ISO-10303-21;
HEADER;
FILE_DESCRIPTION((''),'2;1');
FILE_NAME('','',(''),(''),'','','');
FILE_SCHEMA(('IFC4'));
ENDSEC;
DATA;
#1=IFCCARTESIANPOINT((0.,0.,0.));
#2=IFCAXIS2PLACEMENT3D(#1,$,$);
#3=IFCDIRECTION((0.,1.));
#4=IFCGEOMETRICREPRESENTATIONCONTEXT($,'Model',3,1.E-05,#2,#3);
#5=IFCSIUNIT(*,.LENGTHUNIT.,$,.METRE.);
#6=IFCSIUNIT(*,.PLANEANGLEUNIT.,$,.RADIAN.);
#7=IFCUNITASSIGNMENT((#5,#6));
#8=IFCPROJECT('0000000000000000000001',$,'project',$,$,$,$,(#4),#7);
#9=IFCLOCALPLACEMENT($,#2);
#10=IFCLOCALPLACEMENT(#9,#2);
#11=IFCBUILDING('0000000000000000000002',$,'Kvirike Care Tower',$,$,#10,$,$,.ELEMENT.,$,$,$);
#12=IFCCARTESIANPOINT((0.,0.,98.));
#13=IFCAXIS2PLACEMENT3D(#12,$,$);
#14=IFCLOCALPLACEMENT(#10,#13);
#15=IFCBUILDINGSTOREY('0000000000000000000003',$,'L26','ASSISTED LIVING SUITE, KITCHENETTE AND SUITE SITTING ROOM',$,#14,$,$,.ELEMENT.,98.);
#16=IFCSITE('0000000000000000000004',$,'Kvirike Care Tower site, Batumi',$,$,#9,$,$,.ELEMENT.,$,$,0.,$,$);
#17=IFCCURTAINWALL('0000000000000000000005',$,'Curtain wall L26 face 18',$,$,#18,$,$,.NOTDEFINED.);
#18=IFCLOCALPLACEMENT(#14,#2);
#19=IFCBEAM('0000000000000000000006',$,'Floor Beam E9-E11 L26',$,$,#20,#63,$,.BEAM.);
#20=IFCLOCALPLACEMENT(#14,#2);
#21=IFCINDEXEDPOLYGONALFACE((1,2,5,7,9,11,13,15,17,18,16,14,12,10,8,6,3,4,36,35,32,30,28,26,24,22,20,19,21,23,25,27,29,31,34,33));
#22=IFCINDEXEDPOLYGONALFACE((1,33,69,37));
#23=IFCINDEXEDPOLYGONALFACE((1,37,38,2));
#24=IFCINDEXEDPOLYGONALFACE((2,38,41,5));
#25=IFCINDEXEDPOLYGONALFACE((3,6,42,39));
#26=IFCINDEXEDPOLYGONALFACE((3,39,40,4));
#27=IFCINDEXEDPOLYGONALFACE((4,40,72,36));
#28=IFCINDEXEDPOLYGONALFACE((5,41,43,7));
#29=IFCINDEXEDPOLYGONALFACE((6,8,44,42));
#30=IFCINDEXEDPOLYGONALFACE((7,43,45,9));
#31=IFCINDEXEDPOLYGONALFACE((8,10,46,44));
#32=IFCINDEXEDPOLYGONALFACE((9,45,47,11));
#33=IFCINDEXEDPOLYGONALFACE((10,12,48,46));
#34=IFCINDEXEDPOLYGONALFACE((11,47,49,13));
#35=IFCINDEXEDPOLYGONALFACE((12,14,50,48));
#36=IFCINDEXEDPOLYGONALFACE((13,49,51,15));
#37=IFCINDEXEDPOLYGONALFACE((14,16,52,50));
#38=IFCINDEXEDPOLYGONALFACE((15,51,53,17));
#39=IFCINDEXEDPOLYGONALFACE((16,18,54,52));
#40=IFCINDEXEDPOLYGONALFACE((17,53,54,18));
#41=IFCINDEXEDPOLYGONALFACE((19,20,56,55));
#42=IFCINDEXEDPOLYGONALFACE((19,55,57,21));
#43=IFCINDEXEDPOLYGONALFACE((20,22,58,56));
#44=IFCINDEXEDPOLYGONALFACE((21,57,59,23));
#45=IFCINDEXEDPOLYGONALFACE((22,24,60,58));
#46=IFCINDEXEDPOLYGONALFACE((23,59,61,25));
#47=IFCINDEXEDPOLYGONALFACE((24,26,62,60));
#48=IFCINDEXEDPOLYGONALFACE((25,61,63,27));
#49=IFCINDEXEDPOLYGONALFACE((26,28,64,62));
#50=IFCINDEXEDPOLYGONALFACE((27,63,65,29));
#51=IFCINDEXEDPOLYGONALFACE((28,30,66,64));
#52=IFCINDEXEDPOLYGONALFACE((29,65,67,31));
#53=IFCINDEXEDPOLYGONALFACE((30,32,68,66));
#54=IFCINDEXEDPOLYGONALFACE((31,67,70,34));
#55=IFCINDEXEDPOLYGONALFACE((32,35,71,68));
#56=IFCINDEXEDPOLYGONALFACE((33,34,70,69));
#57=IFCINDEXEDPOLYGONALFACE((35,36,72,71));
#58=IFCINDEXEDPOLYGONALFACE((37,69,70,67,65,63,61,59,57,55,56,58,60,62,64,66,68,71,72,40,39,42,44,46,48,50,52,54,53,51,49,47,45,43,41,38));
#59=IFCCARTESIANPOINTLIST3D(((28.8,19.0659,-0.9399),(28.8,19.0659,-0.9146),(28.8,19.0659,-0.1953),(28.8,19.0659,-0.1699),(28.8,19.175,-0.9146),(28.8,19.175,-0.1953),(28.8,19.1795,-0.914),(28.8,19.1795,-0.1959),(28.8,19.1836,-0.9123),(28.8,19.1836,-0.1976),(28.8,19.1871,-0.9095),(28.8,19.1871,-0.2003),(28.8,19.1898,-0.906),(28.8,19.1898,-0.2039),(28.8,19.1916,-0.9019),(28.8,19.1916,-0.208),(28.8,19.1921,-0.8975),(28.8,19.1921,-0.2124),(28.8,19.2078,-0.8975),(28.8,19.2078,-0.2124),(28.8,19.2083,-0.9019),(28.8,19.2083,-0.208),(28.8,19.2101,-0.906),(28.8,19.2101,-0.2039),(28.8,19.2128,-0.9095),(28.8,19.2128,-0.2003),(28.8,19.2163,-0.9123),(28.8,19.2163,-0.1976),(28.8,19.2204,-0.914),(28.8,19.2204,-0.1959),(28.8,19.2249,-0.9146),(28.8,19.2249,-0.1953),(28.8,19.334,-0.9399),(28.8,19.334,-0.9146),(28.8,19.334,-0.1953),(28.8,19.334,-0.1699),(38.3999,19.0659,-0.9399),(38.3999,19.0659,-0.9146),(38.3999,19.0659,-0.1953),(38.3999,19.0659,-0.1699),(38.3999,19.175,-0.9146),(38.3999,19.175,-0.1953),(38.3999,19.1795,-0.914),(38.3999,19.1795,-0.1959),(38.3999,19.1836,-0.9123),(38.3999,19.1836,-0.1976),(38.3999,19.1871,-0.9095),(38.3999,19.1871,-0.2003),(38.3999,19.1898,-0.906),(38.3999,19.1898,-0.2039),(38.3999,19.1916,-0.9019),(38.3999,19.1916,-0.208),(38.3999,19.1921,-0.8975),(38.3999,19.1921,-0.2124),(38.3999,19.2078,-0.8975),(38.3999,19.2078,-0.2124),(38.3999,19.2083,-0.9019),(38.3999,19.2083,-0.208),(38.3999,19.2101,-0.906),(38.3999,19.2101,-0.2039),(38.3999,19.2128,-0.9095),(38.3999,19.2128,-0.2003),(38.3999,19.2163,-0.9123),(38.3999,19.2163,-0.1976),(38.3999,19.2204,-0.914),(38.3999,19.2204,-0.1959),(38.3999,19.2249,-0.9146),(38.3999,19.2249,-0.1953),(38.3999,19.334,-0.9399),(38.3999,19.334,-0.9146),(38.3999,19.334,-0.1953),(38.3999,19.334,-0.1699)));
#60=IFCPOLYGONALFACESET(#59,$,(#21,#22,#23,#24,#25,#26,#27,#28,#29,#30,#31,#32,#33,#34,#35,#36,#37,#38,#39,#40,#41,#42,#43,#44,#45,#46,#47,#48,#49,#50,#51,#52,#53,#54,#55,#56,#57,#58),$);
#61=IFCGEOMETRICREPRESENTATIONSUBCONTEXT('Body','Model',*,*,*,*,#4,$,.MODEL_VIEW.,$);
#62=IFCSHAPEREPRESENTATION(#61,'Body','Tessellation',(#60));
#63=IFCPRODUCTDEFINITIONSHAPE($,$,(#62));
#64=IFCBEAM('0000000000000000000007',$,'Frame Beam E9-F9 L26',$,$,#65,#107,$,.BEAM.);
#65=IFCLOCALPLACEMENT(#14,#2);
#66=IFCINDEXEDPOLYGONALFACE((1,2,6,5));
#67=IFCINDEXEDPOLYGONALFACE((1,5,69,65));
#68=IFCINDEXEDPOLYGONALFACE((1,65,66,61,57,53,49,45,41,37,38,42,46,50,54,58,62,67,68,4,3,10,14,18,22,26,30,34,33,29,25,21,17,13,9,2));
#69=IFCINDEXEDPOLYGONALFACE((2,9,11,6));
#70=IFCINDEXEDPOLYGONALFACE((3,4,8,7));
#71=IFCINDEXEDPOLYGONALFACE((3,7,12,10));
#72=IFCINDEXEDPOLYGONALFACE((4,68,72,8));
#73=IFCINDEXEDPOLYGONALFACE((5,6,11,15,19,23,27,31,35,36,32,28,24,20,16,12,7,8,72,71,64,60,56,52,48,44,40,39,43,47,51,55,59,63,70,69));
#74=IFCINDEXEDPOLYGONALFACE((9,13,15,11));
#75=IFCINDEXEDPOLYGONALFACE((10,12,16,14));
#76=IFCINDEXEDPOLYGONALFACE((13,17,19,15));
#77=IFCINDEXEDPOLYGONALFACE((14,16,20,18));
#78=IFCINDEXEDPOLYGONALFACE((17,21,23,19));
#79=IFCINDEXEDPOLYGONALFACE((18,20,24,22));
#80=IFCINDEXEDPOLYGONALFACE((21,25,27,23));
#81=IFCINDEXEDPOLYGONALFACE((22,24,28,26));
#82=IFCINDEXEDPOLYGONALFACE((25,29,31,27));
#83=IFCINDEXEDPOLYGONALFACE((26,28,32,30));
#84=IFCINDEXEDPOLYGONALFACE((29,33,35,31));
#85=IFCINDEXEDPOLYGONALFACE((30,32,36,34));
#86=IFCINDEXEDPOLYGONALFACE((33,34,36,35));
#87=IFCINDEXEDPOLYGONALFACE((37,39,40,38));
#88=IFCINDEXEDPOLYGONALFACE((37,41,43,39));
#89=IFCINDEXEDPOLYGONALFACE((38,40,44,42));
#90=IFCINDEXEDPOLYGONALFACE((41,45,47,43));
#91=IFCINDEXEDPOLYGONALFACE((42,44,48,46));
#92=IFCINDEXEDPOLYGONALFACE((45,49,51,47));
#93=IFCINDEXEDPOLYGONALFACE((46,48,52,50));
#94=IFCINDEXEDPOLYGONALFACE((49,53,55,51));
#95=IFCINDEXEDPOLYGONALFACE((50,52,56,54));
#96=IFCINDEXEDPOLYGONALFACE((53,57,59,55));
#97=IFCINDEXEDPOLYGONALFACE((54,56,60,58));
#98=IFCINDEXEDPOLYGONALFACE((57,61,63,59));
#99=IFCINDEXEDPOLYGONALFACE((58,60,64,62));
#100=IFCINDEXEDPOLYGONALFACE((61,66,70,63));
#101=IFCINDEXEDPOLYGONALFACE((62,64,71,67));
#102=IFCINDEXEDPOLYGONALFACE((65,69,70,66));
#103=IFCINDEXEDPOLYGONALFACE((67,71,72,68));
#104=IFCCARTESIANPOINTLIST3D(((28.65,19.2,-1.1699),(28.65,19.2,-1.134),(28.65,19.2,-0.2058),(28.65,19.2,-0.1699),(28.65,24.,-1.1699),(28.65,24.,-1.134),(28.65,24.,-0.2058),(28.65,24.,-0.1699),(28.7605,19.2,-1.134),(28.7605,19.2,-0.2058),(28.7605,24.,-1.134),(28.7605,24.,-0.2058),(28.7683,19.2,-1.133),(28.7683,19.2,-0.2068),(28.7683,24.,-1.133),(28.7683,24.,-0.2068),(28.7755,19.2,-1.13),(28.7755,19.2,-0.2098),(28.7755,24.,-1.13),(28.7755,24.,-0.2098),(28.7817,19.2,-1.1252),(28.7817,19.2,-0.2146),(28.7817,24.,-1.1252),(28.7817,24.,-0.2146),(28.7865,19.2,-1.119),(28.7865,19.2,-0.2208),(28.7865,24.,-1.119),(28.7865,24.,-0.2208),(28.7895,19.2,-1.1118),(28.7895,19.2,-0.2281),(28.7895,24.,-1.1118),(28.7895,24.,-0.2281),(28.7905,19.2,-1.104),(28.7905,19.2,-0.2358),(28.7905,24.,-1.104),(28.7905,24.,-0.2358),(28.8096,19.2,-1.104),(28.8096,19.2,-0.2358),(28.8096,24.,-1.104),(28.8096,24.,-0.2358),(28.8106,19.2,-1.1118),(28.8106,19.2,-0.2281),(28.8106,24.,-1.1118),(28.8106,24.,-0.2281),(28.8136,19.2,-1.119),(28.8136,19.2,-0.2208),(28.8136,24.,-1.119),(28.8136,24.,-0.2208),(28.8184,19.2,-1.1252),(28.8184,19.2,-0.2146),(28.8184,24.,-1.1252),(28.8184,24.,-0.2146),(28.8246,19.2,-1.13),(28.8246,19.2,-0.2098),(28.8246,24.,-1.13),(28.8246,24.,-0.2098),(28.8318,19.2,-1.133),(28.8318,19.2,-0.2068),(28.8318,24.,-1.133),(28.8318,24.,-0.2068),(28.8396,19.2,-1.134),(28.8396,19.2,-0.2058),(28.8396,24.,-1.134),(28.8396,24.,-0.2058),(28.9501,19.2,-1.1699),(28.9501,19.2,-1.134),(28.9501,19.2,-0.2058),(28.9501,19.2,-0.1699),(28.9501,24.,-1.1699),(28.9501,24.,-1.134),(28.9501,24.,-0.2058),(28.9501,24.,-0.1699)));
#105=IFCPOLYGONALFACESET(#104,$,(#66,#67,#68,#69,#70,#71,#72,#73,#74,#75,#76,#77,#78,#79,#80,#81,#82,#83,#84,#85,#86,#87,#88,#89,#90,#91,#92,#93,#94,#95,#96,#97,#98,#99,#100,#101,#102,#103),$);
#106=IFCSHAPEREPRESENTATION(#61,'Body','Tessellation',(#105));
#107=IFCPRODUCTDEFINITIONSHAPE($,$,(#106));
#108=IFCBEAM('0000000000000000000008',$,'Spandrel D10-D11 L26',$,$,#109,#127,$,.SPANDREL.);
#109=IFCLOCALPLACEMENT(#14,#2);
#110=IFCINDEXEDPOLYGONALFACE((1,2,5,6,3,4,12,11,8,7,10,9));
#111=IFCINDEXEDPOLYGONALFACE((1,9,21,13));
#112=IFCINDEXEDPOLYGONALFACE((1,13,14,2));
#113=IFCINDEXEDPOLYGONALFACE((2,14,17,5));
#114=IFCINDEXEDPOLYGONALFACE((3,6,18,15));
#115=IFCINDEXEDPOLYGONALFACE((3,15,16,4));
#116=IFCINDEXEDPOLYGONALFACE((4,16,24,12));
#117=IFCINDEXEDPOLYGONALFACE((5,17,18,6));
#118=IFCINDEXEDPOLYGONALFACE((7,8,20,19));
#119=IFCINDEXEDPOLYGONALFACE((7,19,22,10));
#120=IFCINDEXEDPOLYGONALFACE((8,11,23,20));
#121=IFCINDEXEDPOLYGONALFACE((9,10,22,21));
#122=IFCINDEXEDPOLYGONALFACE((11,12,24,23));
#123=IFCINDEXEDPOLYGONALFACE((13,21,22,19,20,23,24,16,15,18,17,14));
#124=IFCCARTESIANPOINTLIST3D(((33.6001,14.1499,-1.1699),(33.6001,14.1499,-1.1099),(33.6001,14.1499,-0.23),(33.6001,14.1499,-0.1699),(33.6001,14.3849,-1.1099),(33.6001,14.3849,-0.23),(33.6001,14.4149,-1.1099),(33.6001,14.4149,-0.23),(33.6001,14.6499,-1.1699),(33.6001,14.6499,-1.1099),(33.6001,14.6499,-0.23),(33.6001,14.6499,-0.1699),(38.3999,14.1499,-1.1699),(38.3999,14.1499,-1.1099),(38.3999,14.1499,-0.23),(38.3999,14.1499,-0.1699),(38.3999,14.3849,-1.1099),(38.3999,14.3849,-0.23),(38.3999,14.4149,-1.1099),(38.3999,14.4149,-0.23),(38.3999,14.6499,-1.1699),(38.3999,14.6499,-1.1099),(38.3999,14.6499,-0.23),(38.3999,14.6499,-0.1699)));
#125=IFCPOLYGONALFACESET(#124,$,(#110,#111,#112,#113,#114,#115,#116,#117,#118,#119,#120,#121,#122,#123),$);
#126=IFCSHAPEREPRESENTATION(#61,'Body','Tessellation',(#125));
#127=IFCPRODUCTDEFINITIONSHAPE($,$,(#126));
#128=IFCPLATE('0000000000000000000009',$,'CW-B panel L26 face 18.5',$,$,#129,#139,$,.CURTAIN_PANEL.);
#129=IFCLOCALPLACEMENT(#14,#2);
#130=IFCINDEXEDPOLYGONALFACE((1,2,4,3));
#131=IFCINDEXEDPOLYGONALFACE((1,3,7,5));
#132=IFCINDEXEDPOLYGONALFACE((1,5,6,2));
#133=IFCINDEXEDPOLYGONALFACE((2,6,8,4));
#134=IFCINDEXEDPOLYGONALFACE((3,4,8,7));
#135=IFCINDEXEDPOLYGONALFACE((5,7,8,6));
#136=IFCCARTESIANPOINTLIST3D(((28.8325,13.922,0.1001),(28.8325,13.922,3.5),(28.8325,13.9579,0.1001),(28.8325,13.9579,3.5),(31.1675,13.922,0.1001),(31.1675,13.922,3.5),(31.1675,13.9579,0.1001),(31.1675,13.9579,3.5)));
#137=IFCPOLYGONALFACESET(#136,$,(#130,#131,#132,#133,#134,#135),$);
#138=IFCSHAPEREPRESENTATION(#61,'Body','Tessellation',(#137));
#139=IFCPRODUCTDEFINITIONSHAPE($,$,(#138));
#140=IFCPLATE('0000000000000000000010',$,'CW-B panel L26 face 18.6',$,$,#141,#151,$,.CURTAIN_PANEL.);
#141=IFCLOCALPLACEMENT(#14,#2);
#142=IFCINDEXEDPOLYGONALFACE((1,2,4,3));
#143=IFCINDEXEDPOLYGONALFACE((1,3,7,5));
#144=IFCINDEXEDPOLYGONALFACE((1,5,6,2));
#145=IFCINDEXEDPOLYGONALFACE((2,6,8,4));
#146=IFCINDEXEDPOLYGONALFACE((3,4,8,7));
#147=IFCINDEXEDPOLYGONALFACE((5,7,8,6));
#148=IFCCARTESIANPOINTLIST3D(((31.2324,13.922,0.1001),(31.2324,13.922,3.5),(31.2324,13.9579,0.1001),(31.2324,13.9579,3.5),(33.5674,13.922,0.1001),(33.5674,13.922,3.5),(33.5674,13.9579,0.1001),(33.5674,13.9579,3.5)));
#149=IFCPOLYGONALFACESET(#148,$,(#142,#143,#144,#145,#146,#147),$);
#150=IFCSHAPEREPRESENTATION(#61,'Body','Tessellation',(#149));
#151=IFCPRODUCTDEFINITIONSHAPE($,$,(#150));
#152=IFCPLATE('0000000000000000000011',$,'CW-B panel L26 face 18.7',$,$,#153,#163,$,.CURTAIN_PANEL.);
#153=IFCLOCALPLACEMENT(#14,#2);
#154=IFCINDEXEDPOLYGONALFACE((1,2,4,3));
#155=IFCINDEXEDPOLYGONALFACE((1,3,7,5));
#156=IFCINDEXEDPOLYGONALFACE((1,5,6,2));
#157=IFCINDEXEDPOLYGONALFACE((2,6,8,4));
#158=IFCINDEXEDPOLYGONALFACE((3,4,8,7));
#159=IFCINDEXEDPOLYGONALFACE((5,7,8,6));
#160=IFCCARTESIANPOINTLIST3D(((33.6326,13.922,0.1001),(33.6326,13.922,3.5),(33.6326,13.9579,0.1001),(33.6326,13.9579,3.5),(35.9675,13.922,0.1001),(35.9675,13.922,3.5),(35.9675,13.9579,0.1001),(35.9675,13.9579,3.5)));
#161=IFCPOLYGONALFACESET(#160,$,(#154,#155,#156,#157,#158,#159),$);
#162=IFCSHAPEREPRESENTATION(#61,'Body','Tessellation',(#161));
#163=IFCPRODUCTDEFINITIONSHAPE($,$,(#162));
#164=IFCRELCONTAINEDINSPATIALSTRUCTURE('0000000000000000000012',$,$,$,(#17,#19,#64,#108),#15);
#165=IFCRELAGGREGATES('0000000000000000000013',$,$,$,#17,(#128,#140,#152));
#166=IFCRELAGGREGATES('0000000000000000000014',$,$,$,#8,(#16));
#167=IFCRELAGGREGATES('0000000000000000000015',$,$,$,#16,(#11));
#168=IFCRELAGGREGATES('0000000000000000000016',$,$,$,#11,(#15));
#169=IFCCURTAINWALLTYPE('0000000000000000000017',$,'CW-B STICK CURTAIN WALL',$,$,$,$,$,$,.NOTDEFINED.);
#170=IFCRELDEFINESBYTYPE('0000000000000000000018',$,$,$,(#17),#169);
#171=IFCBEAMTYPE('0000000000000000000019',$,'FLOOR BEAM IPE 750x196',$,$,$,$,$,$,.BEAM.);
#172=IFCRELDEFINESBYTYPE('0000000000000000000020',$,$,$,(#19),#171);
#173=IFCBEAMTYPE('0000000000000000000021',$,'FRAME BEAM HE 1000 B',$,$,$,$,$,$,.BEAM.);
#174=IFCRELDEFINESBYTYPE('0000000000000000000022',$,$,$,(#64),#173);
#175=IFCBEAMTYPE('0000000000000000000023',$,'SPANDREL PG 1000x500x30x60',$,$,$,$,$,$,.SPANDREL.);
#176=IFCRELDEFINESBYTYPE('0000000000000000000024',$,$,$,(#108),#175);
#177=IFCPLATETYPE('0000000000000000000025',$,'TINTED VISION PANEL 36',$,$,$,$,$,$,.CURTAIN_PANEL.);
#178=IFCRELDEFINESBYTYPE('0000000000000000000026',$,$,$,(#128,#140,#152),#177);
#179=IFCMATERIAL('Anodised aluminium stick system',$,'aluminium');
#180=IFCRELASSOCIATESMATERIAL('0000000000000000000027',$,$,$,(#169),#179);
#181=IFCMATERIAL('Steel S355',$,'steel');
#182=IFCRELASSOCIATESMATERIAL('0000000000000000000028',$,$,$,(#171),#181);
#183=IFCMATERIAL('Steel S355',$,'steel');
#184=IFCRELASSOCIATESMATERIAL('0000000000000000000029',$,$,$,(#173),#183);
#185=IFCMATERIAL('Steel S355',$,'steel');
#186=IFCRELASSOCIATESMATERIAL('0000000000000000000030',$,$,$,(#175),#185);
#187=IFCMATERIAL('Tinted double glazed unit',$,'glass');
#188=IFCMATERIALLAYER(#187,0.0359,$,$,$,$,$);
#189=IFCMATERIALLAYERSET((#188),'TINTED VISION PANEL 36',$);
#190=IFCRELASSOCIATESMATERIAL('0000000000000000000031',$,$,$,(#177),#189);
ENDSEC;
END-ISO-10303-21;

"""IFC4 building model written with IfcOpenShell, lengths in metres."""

from ifc_helpers import new_model, si_unit, direction, frame, origin, origin_2d, place, context, subcontext, project, spatial, rectangle, i_section, extrude, material, layer, layer_set, material_profile, profile_set, type_object, element, aggregate, save


model = new_model("IFC4")

# Units and contexts
model_context = context("Model", 3, precision=1e-05, world=origin(), true_north=direction((0.0, 1.0)))
body_context = subcontext(model_context, "Body", "Model", "MODEL_VIEW")
ifc_project = project(units=[si_unit("LENGTHUNIT", "METRE"), si_unit("PLANEANGLEUNIT", "RADIAN")], contexts=[model_context])

# Site, building, storey
site_placement = place(None, origin())
site = spatial("IfcSite", under=ifc_project, at=site_placement, Name="Kvirike Care Tower site, Batumi", CompositionType="ELEMENT", RefElevation=0.0)
building_placement = place(site_placement, origin())
building = spatial("IfcBuilding", under=site, at=building_placement, Name="Kvirike Care Tower", CompositionType="ELEMENT")
storey_placement = place(building_placement, frame((0.0, 0.0, 98.0)))
storey = spatial("IfcBuildingStorey", under=building, at=storey_placement, Name="L26", Description="ASSISTED LIVING SUITE, KITCHENETTE AND SUITE SITTING ROOM", CompositionType="ELEMENT", Elevation=98.0)

# Curtain wall
ifc_material_1 = material(Name="Anodised aluminium stick system", Category="aluminium")
curtain_wall_type = type_object("IfcCurtainWallType", Name="CW-B STICK CURTAIN WALL", PredefinedType="NOTDEFINED", material=ifc_material_1)
curtain_wall_placement = place(storey_placement, origin())
curtain_wall = element("IfcCurtainWall", 1, at=curtain_wall_placement, inside=storey, type_object=curtain_wall_type, Name="Curtain wall L26 face 18", PredefinedType="NOTDEFINED")

# Beams
ifc_material_2 = material(Name="Steel S355", Category="steel")
ifc_material_profile_1 = material_profile(ifc_material_2, i_section(OverallWidth=0.2681, OverallDepth=0.77, WebThickness=0.0156, FlangeThickness=0.0254, FilletRadius=0.0171, at=origin_2d()), Name="IPE 750x196")
ifc_profile_set_1 = profile_set([ifc_material_profile_1], Name="Steel S355")
beam_type_1 = type_object("IfcBeamType", Name="FLOOR BEAM IPE 750x196", PredefinedType="BEAM", material=ifc_profile_set_1)
beam_1_placement = place(storey_placement, frame((28.8, 19.2, -0.5549), z_axis=(1.0, 0.0, 0.0), x_axis=(0.0, 1.0, 0.0)))
element("IfcBeam", 2, at=beam_1_placement, inside=storey, type_object=beam_type_1, Name="Floor Beam E9-E11 L26", PredefinedType="BEAM", context=body_context, shape_type="SweptSolid", body=[
    extrude(i_section(OverallWidth=0.2681, OverallDepth=0.77, WebThickness=0.0156, FlangeThickness=0.0254, FilletRadius=0.0171, at=origin_2d()), origin(), (0.0, 0.0, 1.0), 9.5999),
])
ifc_material_3 = material(Name="Steel S355", Category="steel")
ifc_material_profile_2 = material_profile(ifc_material_3, i_section(OverallWidth=0.3, OverallDepth=1.0, WebThickness=0.019, FlangeThickness=0.0359, FilletRadius=0.03, at=origin_2d()), Name="HE 1000 B")
ifc_profile_set_2 = profile_set([ifc_material_profile_2], Name="Steel S355")
beam_type_2 = type_object("IfcBeamType", Name="FRAME BEAM HE 1000 B", PredefinedType="BEAM", material=ifc_profile_set_2)
beam_2_placement = place(storey_placement, frame((28.8, 19.2, -0.6699), z_axis=(0.0, 1.0, 0.0), x_axis=(-1.0, 0.0, 0.0)))
element("IfcBeam", 3, at=beam_2_placement, inside=storey, type_object=beam_type_2, Name="Frame Beam E9-F9 L26", PredefinedType="BEAM", context=body_context, shape_type="SweptSolid", body=[
    extrude(i_section(OverallWidth=0.3, OverallDepth=1.0, WebThickness=0.019, FlangeThickness=0.0359, FilletRadius=0.03, at=origin_2d()), origin(), (0.0, 0.0, 1.0), 4.8),
])
ifc_material_4 = material(Name="Steel S355", Category="steel")
ifc_material_profile_3 = material_profile(ifc_material_4, i_section(OverallWidth=0.5, OverallDepth=1.0, WebThickness=0.03, FlangeThickness=0.0601, at=origin_2d()), Name="PG 1000x500x30x60")
ifc_profile_set_3 = profile_set([ifc_material_profile_3], Name="Steel S355")
beam_type_3 = type_object("IfcBeamType", Name="SPANDREL PG 1000x500x30x60", PredefinedType="SPANDREL", material=ifc_profile_set_3)
beam_3_placement = place(storey_placement, frame((33.6001, 14.3999, -0.6699), z_axis=(1.0, 0.0, 0.0), x_axis=(0.0, 1.0, 0.0)))
element("IfcBeam", 4, at=beam_3_placement, inside=storey, type_object=beam_type_3, Name="Spandrel D10-D11 L26", PredefinedType="SPANDREL", context=body_context, shape_type="SweptSolid", body=[
    extrude(i_section(OverallWidth=0.5, OverallDepth=1.0, WebThickness=0.03, FlangeThickness=0.0601, at=origin_2d()), origin(), (0.0, 0.0, 1.0), 4.7998),
])

# Plates
ifc_material_5 = material(Name="Tinted double glazed unit", Category="glass")
ifc_layer_1 = layer(ifc_material_5, 0.0359)
ifc_layer_set_1 = layer_set([ifc_layer_1], Name="TINTED VISION PANEL 36")
plate_type = type_object("IfcPlateType", Name="TINTED VISION PANEL 36", PredefinedType="CURTAIN_PANEL", material=ifc_layer_set_1)
plate_1_placement = place(storey_placement, frame((30.0, 13.9399, 0.1001), z_axis=(0.0, 0.0, 1.0), x_axis=(1.0, 0.0, 0.0)))
plate_1 = element("IfcPlate", 5, at=plate_1_placement, type_object=plate_type, Name="CW-B panel L26 face 18.5", PredefinedType="CURTAIN_PANEL", context=body_context, shape_type="SweptSolid", body=[
    extrude(rectangle(XDim=2.335, YDim=0.0359, at=origin_2d()), origin(), (0.0, 0.0, 1.0), 3.3999),
])
plate_2_placement = place(storey_placement, frame((32.3999, 13.9399, 0.1001), z_axis=(0.0, 0.0, 1.0), x_axis=(1.0, 0.0, 0.0)))
plate_2 = element("IfcPlate", 6, at=plate_2_placement, type_object=plate_type, Name="CW-B panel L26 face 18.6", PredefinedType="CURTAIN_PANEL", context=body_context, shape_type="SweptSolid", body=[
    extrude(rectangle(XDim=2.335, YDim=0.0359, at=origin_2d()), origin(), (0.0, 0.0, 1.0), 3.3999),
])
plate_3_placement = place(storey_placement, frame((34.8, 13.9399, 0.1001), z_axis=(0.0, 0.0, 1.0), x_axis=(1.0, 0.0, 0.0)))
plate_3 = element("IfcPlate", 7, at=plate_3_placement, type_object=plate_type, Name="CW-B panel L26 face 18.7", PredefinedType="CURTAIN_PANEL", context=body_context, shape_type="SweptSolid", body=[
    extrude(rectangle(XDim=2.335, YDim=0.0359, at=origin_2d()), origin(), (0.0, 0.0, 1.0), 3.3999),
])
aggregate(curtain_wall, [plate_1, plate_2, plate_3])

save(model, "model.ifc")
